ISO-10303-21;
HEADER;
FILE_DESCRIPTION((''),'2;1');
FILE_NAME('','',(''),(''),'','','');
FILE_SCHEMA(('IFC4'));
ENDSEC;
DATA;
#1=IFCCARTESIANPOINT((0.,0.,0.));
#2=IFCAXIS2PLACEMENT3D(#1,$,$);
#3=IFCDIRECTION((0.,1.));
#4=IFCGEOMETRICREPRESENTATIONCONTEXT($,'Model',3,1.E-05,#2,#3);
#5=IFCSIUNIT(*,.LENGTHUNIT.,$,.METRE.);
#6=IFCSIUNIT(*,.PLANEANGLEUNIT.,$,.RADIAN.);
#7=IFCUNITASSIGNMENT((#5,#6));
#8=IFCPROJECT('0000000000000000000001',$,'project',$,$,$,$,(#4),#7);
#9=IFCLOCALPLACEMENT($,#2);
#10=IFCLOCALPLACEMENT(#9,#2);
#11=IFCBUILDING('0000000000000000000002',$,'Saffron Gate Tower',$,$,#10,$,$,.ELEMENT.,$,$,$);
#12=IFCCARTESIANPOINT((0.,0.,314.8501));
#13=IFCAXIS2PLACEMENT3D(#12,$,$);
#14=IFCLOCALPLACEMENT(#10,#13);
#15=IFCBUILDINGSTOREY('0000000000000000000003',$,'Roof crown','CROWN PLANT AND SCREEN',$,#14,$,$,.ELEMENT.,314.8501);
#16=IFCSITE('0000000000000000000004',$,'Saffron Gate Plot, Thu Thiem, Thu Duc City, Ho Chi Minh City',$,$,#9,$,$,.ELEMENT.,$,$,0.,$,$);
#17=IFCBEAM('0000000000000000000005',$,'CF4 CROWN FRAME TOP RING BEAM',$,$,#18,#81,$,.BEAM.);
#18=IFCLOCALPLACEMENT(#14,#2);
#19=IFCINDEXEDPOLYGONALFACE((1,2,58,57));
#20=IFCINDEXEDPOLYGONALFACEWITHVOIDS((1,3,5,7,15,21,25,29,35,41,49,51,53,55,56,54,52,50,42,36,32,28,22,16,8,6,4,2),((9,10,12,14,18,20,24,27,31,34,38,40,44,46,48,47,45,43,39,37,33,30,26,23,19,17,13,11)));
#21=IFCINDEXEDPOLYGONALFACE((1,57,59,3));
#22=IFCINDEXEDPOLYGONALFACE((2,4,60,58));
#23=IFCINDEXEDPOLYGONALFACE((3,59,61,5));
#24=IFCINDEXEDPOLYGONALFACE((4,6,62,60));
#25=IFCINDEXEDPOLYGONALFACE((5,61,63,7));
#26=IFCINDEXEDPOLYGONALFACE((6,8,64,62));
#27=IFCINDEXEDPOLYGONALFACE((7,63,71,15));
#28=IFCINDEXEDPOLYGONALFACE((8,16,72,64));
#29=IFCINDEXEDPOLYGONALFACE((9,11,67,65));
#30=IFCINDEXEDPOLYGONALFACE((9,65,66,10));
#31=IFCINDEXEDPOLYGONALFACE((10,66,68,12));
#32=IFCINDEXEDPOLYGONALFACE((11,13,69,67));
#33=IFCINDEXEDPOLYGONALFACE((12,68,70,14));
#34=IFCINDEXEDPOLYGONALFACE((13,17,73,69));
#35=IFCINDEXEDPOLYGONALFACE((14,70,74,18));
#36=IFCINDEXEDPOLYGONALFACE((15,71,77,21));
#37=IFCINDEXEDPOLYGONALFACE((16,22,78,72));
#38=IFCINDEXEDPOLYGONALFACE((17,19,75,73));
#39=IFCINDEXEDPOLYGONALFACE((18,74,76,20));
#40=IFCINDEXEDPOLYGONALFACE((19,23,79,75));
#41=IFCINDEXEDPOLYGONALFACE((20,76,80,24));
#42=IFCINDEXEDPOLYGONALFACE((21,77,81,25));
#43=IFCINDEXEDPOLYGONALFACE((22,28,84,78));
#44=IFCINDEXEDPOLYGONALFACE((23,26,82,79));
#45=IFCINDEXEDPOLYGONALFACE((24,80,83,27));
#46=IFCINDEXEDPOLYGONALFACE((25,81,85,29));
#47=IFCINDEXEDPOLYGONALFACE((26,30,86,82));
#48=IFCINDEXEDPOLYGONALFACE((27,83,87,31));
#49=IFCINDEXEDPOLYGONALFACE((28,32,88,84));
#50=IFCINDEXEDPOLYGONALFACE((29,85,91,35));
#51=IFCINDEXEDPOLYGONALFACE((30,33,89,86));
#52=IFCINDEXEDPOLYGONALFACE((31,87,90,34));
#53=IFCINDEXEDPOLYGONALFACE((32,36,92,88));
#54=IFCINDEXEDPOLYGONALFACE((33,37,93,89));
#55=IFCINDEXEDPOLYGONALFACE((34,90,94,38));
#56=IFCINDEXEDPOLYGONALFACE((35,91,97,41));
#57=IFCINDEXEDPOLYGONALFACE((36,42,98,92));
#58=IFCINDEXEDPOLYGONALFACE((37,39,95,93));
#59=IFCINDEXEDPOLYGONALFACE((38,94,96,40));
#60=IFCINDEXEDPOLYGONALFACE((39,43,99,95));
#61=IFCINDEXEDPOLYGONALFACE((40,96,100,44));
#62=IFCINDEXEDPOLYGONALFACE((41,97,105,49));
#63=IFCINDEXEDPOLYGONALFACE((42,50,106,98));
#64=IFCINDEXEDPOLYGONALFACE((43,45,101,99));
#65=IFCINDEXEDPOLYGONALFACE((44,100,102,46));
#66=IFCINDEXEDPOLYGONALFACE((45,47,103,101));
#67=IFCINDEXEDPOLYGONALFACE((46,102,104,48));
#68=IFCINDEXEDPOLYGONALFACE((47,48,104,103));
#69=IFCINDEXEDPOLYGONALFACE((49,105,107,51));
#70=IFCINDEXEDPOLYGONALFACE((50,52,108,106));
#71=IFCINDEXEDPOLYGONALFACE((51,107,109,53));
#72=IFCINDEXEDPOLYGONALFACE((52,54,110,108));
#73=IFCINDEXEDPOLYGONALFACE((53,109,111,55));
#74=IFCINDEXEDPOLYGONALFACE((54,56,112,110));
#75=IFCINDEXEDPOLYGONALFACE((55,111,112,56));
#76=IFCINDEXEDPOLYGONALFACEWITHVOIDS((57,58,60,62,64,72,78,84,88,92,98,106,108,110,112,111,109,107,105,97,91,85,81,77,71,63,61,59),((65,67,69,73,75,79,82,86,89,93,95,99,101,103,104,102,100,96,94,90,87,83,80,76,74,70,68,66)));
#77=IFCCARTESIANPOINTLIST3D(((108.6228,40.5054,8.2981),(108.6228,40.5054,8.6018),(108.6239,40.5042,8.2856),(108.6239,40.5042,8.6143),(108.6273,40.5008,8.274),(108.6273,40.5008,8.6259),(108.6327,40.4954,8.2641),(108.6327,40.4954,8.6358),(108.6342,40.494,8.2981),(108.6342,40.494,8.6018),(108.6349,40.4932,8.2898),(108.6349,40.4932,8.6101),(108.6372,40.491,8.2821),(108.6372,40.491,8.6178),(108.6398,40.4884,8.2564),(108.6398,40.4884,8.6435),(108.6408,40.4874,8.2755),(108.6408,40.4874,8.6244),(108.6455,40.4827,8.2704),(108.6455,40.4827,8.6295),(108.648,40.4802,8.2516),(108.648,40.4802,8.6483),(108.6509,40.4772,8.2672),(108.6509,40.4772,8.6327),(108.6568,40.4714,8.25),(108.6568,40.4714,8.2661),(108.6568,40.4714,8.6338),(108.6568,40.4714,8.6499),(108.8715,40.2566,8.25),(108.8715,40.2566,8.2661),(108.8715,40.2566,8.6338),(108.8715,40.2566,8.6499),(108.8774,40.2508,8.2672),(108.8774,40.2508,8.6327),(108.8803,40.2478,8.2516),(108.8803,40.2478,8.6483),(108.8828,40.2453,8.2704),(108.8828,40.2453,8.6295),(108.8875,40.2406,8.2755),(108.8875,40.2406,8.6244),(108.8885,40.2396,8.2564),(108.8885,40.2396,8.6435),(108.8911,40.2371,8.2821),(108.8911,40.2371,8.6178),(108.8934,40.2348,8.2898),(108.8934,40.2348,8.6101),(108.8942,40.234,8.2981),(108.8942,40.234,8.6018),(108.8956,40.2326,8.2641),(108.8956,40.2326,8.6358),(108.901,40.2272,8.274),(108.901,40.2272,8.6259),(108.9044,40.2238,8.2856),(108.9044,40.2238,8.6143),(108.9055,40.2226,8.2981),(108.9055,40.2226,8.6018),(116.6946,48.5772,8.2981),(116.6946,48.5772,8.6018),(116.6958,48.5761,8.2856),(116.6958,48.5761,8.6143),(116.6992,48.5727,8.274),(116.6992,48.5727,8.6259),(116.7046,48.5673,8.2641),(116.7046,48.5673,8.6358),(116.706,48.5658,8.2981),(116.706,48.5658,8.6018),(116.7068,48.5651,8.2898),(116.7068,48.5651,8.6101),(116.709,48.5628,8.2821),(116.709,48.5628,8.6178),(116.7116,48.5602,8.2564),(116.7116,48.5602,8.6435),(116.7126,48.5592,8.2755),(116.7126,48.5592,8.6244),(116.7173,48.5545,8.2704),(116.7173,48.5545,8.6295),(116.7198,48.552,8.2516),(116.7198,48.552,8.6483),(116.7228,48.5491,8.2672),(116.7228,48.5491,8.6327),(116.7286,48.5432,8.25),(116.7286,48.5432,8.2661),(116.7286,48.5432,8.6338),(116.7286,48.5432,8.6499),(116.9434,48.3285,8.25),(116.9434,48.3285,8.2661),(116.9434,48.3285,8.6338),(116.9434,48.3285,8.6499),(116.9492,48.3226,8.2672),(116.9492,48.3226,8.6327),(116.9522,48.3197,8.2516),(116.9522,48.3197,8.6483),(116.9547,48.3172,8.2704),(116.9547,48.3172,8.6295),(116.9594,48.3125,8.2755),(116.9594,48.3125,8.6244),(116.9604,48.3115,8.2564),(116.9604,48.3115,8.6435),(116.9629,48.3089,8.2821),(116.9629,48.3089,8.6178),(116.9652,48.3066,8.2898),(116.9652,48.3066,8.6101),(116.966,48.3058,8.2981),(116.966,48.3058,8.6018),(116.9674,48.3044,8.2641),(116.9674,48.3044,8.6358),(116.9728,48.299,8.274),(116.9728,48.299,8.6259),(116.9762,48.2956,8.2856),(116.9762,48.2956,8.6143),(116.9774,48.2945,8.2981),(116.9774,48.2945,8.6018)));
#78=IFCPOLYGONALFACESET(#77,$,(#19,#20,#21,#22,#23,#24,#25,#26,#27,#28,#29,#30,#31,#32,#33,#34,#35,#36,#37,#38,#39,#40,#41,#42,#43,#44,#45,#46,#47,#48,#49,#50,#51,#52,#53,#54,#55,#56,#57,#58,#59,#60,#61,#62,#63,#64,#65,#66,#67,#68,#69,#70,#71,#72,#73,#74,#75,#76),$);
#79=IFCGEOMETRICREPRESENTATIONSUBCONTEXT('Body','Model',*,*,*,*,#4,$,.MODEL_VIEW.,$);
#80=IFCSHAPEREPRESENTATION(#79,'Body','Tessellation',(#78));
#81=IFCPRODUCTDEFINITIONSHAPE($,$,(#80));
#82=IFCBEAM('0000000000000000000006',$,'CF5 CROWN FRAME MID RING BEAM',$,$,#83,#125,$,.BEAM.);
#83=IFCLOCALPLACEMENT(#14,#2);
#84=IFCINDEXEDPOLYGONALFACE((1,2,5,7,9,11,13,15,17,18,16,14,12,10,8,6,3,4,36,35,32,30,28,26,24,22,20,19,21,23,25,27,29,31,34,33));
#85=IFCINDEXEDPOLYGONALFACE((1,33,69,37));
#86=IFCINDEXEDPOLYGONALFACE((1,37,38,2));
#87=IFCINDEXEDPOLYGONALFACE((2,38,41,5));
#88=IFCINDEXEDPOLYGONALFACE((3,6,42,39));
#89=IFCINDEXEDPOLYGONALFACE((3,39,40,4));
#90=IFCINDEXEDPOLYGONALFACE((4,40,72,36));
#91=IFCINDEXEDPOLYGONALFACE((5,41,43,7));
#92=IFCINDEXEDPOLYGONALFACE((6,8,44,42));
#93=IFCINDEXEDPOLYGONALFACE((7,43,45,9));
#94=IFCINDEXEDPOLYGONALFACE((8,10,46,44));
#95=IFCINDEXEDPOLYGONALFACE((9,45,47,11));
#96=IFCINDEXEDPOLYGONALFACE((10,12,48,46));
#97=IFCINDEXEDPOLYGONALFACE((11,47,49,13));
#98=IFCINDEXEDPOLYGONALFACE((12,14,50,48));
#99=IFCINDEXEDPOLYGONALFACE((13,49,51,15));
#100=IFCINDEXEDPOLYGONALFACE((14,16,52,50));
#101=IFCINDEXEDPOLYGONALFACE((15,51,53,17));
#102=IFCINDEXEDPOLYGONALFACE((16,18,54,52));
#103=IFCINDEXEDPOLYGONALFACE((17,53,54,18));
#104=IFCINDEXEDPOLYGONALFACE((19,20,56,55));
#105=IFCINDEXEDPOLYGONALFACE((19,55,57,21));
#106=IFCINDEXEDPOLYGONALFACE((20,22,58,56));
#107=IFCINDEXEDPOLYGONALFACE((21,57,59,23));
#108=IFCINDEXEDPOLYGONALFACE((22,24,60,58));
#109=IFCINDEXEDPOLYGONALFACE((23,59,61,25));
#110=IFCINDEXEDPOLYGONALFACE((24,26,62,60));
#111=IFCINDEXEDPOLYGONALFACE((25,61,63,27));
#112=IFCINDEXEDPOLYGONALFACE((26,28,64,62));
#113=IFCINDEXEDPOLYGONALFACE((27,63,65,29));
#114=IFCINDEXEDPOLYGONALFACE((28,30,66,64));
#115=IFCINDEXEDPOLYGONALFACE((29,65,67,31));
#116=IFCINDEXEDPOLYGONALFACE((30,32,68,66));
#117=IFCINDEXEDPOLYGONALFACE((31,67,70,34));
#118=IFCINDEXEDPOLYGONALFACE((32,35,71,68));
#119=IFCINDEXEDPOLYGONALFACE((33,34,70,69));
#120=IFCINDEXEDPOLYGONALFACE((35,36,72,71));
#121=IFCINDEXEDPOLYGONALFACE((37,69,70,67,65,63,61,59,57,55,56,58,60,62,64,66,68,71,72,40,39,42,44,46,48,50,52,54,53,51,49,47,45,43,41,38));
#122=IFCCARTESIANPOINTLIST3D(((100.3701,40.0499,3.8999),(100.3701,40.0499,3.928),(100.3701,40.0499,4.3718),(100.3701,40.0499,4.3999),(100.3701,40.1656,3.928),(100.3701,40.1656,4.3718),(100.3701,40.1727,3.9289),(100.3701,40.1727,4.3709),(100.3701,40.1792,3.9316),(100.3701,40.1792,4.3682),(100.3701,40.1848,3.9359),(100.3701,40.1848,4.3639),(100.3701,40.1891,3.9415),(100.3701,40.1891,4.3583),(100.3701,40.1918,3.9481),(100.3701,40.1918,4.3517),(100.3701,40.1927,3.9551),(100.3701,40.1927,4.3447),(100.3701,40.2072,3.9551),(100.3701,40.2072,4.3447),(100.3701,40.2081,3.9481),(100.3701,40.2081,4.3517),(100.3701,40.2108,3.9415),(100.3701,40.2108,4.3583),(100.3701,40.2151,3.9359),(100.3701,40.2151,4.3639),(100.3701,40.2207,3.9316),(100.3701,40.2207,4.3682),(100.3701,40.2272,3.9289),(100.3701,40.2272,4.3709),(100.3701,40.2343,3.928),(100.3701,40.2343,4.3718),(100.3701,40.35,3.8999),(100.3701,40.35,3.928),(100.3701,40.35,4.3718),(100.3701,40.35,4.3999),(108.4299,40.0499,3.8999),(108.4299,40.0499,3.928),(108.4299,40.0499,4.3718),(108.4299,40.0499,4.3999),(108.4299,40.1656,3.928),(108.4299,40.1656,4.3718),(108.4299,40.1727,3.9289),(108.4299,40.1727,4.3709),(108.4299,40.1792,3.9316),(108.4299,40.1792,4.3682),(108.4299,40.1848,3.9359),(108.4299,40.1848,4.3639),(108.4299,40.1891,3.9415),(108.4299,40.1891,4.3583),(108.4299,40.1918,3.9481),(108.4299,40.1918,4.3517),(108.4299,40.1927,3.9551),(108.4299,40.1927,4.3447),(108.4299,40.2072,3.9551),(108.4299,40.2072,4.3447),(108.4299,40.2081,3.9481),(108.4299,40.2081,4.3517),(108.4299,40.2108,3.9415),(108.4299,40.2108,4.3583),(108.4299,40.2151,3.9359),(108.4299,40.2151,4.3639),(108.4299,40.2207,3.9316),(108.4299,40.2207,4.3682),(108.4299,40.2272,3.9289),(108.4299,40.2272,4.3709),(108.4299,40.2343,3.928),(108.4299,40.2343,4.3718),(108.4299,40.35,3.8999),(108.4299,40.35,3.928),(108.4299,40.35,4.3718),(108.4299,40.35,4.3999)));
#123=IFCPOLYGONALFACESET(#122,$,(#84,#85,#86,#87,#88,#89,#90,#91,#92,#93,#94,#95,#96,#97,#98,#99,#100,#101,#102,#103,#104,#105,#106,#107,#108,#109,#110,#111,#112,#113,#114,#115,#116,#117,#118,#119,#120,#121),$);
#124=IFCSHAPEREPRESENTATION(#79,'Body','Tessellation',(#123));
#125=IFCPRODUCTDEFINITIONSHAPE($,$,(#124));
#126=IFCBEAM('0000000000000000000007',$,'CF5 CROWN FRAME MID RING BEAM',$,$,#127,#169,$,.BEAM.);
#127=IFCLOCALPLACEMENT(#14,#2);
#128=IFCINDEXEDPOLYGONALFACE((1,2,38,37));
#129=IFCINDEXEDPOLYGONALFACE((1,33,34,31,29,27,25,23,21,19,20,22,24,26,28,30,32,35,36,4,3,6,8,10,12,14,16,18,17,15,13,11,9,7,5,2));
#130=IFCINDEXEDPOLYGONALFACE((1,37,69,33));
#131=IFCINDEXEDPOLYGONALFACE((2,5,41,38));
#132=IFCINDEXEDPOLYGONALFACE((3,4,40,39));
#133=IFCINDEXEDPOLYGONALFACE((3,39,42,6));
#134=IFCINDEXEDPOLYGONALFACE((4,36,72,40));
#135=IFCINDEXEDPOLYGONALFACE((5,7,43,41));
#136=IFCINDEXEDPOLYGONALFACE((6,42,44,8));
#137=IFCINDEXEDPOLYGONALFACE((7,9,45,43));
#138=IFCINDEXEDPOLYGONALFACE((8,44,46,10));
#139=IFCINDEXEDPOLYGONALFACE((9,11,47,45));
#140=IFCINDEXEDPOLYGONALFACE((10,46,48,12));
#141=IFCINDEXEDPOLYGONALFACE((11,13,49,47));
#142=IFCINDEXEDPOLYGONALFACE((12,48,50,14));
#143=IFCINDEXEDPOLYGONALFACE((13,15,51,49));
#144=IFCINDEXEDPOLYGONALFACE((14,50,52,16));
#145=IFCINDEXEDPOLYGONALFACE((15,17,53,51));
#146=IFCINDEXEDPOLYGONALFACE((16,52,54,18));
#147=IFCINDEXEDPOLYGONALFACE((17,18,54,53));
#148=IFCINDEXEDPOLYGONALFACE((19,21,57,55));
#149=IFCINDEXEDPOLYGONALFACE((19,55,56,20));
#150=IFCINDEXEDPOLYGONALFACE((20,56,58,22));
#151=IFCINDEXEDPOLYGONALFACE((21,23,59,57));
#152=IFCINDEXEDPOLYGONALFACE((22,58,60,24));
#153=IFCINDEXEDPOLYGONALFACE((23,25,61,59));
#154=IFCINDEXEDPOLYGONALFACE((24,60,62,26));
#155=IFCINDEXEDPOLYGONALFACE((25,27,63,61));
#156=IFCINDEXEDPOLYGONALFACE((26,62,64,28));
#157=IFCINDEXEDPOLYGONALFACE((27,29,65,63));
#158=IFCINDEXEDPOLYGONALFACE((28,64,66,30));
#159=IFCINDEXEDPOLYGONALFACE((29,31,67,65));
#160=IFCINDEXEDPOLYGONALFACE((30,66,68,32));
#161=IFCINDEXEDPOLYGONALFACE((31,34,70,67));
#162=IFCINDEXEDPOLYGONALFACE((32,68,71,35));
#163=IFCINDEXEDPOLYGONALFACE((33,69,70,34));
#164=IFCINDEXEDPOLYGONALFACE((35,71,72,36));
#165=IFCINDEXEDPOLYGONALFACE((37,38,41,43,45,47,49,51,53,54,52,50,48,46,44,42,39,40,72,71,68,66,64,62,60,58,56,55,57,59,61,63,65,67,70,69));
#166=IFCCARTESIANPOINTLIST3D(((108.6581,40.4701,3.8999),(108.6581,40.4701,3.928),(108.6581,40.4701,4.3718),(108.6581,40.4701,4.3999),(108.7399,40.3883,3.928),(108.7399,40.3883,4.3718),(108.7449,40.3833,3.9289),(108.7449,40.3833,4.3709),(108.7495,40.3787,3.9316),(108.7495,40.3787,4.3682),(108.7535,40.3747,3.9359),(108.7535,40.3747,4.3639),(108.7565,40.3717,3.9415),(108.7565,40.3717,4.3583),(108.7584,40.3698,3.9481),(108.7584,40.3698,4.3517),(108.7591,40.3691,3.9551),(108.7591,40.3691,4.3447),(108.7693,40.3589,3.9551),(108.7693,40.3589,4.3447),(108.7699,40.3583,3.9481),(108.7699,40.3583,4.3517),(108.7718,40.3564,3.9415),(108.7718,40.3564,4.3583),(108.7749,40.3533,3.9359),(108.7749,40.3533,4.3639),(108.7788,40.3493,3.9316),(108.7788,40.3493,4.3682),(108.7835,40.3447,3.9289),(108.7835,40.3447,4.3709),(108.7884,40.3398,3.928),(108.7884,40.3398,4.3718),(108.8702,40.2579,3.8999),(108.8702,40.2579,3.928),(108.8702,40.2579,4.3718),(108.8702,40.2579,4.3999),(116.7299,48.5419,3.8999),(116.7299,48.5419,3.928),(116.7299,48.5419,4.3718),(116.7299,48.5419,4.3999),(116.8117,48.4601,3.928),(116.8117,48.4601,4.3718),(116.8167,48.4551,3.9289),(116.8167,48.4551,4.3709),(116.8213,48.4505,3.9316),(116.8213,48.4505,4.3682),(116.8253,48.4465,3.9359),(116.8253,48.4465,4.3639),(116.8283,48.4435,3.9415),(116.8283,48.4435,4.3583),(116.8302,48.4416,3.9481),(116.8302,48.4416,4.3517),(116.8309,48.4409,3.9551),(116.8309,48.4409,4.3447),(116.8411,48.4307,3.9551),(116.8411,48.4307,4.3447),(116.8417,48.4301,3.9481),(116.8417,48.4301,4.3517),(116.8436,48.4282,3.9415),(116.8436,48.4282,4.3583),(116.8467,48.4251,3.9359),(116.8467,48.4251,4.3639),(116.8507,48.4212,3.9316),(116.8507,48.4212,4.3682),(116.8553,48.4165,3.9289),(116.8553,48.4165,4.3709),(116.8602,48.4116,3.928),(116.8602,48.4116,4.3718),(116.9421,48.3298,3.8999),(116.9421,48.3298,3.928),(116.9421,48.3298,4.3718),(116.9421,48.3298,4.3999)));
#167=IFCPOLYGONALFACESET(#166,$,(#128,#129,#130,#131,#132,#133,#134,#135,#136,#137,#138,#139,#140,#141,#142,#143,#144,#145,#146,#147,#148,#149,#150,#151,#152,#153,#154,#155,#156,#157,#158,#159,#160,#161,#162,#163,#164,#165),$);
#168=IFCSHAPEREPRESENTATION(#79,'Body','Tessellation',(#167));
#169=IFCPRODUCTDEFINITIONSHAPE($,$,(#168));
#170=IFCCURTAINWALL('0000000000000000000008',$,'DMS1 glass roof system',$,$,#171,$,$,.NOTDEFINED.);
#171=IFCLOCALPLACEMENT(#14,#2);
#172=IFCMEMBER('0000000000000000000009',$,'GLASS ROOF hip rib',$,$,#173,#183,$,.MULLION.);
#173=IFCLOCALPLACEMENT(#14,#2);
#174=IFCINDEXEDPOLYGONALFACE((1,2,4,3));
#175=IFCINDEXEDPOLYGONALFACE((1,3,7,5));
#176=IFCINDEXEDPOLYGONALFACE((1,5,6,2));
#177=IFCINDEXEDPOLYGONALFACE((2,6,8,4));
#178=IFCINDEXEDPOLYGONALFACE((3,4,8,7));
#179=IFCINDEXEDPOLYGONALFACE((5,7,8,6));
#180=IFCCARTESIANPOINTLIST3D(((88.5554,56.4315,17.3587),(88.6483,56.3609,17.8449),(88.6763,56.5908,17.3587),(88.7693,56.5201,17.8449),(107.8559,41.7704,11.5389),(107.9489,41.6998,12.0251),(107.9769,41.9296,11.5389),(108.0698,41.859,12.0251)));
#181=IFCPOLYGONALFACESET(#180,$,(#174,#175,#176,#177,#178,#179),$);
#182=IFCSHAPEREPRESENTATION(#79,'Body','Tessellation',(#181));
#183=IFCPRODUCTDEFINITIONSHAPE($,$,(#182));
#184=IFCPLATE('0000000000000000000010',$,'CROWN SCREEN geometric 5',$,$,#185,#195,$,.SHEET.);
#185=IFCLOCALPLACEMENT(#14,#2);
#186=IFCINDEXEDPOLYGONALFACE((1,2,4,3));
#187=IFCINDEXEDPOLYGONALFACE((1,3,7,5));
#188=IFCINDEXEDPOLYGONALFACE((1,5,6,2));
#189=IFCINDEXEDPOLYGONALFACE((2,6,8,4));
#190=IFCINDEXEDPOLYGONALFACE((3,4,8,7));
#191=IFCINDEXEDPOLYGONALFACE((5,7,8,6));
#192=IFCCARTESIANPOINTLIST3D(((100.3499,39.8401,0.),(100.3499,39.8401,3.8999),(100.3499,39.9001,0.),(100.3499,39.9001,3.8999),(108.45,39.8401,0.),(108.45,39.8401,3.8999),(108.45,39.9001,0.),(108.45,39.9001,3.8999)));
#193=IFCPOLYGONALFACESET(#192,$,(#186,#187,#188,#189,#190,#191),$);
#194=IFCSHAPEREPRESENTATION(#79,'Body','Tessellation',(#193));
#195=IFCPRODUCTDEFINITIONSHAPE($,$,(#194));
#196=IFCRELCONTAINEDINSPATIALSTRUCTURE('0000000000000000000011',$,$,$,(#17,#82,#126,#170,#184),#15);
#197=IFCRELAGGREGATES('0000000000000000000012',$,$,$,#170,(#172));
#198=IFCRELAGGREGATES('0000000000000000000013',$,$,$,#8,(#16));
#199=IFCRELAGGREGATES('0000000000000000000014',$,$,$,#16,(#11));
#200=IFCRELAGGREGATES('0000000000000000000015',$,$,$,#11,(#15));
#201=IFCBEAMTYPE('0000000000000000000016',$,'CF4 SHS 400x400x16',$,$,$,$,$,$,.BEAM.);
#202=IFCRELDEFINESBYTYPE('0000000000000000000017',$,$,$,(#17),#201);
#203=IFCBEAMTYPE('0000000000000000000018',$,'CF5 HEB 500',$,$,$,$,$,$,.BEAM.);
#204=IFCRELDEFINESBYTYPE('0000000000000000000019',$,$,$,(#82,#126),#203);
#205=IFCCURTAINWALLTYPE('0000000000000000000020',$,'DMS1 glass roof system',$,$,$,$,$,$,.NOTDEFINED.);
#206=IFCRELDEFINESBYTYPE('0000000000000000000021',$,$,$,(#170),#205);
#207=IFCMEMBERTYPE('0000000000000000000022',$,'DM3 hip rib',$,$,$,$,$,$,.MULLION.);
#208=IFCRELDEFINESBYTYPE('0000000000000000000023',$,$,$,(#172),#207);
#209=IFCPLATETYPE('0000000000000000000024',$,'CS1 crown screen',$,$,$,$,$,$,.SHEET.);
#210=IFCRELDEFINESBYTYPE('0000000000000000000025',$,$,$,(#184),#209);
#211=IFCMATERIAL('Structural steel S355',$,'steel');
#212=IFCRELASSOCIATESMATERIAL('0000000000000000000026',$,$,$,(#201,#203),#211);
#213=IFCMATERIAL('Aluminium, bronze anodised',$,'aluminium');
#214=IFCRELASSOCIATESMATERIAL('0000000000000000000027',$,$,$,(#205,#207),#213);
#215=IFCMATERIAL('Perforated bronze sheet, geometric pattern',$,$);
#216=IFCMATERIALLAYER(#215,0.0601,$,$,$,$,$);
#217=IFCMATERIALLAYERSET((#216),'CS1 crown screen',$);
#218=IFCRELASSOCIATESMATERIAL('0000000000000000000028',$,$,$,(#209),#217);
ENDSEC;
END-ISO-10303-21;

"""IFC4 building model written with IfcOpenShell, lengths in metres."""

from ifc_helpers import new_model, si_unit, direction, frame, origin, origin_2d, place, context, subcontext, project, spatial, rectangle, hollow_rectangle, i_section, extrude, material, layer, layer_set, material_profile, profile_set, type_object, element, aggregate, save


model = new_model("IFC4")

# Units and contexts
model_context = context("Model", 3, precision=1e-05, world=origin(), true_north=direction((0.0, 1.0)))
body_context = subcontext(model_context, "Body", "Model", "MODEL_VIEW")
ifc_project = project(units=[si_unit("LENGTHUNIT", "METRE"), si_unit("PLANEANGLEUNIT", "RADIAN")], contexts=[model_context])

# Site, building, storey
site_placement = place(None, origin())
site = spatial("IfcSite", under=ifc_project, at=site_placement, Name="Saffron Gate Plot, Thu Thiem, Thu Duc City, Ho Chi Minh City", CompositionType="ELEMENT", RefElevation=0.0)
building_placement = place(site_placement, origin())
building = spatial("IfcBuilding", under=site, at=building_placement, Name="Saffron Gate Tower", CompositionType="ELEMENT")
storey_placement = place(building_placement, frame((0.0, 0.0, 314.8501)))
storey = spatial("IfcBuildingStorey", under=building, at=storey_placement, Name="Roof crown", Description="CROWN PLANT AND SCREEN", CompositionType="ELEMENT", Elevation=314.8501)

# Shared definitions
ifc_material_1 = material(Name="Structural steel S355", Category="steel")

# Beams
ifc_material_profile_1 = material_profile(ifc_material_1, hollow_rectangle(XDim=0.3999, YDim=0.3999, WallThickness=0.0161, InnerFilletRadius=0.032, OuterFilletRadius=0.0481, at=origin_2d()))
ifc_profile_set_1 = profile_set([ifc_material_profile_1], Name="Structural steel S355")
beam_type_1 = type_object("IfcBeamType", Name="CF4 SHS 400x400x16", PredefinedType="BEAM", material=ifc_profile_set_1)
beam_1_placement = place(storey_placement, frame((108.7642, 40.364, 8.45), z_axis=(0.707107, 0.707107, 0.0), x_axis=(-0.707107, 0.707107, 0.0)))
element("IfcBeam", 1, at=beam_1_placement, inside=storey, type_object=beam_type_1, Name="CF4 CROWN FRAME TOP RING BEAM", PredefinedType="BEAM", context=body_context, shape_type="SweptSolid", body=[
    extrude(hollow_rectangle(XDim=0.3999, YDim=0.3999, WallThickness=0.0161, InnerFilletRadius=0.032, OuterFilletRadius=0.0481, at=origin_2d()), origin(), (0.0, 0.0, 1.0), 11.4153),
])
ifc_material_profile_2 = material_profile(ifc_material_1, i_section(OverallWidth=0.3, OverallDepth=0.5, WebThickness=0.0144, FlangeThickness=0.0281, FilletRadius=0.0271, at=origin_2d()))
ifc_profile_set_2 = profile_set([ifc_material_profile_2], Name="Structural steel S355")
beam_type_2 = type_object("IfcBeamType", Name="CF5 HEB 500", PredefinedType="BEAM", material=ifc_profile_set_2)
beam_2_placement = place(storey_placement, frame((100.3701, 40.2, 4.1499), z_axis=(1.0, 0.0, 0.0), x_axis=(0.0, 1.0, 0.0)))
element("IfcBeam", 2, at=beam_2_placement, inside=storey, type_object=beam_type_2, Name="CF5 CROWN FRAME MID RING BEAM", PredefinedType="BEAM", context=body_context, shape_type="SweptSolid", body=[
    extrude(i_section(OverallWidth=0.3, OverallDepth=0.5, WebThickness=0.0144, FlangeThickness=0.0281, FilletRadius=0.0271, at=origin_2d()), origin(), (0.0, 0.0, 1.0), 8.0598),
])
beam_3_placement = place(storey_placement, frame((108.7642, 40.364, 4.1499), z_axis=(0.707107, 0.707107, 0.0), x_axis=(-0.707107, 0.707107, 0.0)))
element("IfcBeam", 3, at=beam_3_placement, inside=storey, type_object=beam_type_2, Name="CF5 CROWN FRAME MID RING BEAM", PredefinedType="BEAM", context=body_context, shape_type="SweptSolid", body=[
    extrude(i_section(OverallWidth=0.3, OverallDepth=0.5, WebThickness=0.0144, FlangeThickness=0.0281, FilletRadius=0.0271, at=origin_2d()), origin(), (0.0, 0.0, 1.0), 11.4153),
])

# Curtain wall, member
ifc_material_2 = material(Name="Aluminium, bronze anodised", Category="aluminium")
curtain_wall_type = type_object("IfcCurtainWallType", Name="DMS1 glass roof system", PredefinedType="NOTDEFINED", material=ifc_material_2)
curtain_wall_placement = place(storey_placement, origin())
curtain_wall = element("IfcCurtainWall", 4, at=curtain_wall_placement, inside=storey, type_object=curtain_wall_type, Name="DMS1 glass roof system", PredefinedType="NOTDEFINED")
ifc_material_profile_3 = material_profile(ifc_material_2, rectangle(XDim=0.2, YDim=0.5, at=origin_2d()))
ifc_profile_set_3 = profile_set([ifc_material_profile_3], Name="Aluminium, bronze anodised")
member_type_1 = type_object("IfcMemberType", Name="DM3 hip rib", PredefinedType="MULLION", material=ifc_profile_set_3)
member_1_placement = place(storey_placement, frame((107.9629, 41.8147, 11.782), z_axis=(-0.774298, 0.588175, 0.233479), x_axis=(-0.604893, -0.796307, 0.0)))
member_1 = element("IfcMember", 5, at=member_1_placement, type_object=member_type_1, Name="GLASS ROOF hip rib", PredefinedType="MULLION", context=body_context, shape_type="SweptSolid", body=[
    extrude(rectangle(XDim=0.2, YDim=0.5, at=origin_2d()), origin(), (0.0, 0.0, 1.0), 24.9265),
])
aggregate(curtain_wall, [member_1])

# Plate
ifc_material_3 = material(Name="Perforated bronze sheet, geometric pattern")
ifc_layer_1 = layer(ifc_material_3, 0.0601)
ifc_layer_set_1 = layer_set([ifc_layer_1], Name="CS1 crown screen")
plate_type_1 = type_object("IfcPlateType", Name="CS1 crown screen", PredefinedType="SHEET", material=ifc_layer_set_1)
plate_1_placement = place(storey_placement, frame((104.3999, 39.8701, 0.0), z_axis=(0.0, 0.0, 1.0), x_axis=(1.0, 0.0, 0.0)))
element("IfcPlate", 6, at=plate_1_placement, inside=storey, type_object=plate_type_1, Name="CROWN SCREEN geometric 5", PredefinedType="SHEET", context=body_context, shape_type="SweptSolid", body=[
    extrude(rectangle(XDim=8.1001, YDim=0.0601, at=origin_2d()), origin(), (0.0, 0.0, 1.0), 3.8999),
])

save(model, "model.ifc")
